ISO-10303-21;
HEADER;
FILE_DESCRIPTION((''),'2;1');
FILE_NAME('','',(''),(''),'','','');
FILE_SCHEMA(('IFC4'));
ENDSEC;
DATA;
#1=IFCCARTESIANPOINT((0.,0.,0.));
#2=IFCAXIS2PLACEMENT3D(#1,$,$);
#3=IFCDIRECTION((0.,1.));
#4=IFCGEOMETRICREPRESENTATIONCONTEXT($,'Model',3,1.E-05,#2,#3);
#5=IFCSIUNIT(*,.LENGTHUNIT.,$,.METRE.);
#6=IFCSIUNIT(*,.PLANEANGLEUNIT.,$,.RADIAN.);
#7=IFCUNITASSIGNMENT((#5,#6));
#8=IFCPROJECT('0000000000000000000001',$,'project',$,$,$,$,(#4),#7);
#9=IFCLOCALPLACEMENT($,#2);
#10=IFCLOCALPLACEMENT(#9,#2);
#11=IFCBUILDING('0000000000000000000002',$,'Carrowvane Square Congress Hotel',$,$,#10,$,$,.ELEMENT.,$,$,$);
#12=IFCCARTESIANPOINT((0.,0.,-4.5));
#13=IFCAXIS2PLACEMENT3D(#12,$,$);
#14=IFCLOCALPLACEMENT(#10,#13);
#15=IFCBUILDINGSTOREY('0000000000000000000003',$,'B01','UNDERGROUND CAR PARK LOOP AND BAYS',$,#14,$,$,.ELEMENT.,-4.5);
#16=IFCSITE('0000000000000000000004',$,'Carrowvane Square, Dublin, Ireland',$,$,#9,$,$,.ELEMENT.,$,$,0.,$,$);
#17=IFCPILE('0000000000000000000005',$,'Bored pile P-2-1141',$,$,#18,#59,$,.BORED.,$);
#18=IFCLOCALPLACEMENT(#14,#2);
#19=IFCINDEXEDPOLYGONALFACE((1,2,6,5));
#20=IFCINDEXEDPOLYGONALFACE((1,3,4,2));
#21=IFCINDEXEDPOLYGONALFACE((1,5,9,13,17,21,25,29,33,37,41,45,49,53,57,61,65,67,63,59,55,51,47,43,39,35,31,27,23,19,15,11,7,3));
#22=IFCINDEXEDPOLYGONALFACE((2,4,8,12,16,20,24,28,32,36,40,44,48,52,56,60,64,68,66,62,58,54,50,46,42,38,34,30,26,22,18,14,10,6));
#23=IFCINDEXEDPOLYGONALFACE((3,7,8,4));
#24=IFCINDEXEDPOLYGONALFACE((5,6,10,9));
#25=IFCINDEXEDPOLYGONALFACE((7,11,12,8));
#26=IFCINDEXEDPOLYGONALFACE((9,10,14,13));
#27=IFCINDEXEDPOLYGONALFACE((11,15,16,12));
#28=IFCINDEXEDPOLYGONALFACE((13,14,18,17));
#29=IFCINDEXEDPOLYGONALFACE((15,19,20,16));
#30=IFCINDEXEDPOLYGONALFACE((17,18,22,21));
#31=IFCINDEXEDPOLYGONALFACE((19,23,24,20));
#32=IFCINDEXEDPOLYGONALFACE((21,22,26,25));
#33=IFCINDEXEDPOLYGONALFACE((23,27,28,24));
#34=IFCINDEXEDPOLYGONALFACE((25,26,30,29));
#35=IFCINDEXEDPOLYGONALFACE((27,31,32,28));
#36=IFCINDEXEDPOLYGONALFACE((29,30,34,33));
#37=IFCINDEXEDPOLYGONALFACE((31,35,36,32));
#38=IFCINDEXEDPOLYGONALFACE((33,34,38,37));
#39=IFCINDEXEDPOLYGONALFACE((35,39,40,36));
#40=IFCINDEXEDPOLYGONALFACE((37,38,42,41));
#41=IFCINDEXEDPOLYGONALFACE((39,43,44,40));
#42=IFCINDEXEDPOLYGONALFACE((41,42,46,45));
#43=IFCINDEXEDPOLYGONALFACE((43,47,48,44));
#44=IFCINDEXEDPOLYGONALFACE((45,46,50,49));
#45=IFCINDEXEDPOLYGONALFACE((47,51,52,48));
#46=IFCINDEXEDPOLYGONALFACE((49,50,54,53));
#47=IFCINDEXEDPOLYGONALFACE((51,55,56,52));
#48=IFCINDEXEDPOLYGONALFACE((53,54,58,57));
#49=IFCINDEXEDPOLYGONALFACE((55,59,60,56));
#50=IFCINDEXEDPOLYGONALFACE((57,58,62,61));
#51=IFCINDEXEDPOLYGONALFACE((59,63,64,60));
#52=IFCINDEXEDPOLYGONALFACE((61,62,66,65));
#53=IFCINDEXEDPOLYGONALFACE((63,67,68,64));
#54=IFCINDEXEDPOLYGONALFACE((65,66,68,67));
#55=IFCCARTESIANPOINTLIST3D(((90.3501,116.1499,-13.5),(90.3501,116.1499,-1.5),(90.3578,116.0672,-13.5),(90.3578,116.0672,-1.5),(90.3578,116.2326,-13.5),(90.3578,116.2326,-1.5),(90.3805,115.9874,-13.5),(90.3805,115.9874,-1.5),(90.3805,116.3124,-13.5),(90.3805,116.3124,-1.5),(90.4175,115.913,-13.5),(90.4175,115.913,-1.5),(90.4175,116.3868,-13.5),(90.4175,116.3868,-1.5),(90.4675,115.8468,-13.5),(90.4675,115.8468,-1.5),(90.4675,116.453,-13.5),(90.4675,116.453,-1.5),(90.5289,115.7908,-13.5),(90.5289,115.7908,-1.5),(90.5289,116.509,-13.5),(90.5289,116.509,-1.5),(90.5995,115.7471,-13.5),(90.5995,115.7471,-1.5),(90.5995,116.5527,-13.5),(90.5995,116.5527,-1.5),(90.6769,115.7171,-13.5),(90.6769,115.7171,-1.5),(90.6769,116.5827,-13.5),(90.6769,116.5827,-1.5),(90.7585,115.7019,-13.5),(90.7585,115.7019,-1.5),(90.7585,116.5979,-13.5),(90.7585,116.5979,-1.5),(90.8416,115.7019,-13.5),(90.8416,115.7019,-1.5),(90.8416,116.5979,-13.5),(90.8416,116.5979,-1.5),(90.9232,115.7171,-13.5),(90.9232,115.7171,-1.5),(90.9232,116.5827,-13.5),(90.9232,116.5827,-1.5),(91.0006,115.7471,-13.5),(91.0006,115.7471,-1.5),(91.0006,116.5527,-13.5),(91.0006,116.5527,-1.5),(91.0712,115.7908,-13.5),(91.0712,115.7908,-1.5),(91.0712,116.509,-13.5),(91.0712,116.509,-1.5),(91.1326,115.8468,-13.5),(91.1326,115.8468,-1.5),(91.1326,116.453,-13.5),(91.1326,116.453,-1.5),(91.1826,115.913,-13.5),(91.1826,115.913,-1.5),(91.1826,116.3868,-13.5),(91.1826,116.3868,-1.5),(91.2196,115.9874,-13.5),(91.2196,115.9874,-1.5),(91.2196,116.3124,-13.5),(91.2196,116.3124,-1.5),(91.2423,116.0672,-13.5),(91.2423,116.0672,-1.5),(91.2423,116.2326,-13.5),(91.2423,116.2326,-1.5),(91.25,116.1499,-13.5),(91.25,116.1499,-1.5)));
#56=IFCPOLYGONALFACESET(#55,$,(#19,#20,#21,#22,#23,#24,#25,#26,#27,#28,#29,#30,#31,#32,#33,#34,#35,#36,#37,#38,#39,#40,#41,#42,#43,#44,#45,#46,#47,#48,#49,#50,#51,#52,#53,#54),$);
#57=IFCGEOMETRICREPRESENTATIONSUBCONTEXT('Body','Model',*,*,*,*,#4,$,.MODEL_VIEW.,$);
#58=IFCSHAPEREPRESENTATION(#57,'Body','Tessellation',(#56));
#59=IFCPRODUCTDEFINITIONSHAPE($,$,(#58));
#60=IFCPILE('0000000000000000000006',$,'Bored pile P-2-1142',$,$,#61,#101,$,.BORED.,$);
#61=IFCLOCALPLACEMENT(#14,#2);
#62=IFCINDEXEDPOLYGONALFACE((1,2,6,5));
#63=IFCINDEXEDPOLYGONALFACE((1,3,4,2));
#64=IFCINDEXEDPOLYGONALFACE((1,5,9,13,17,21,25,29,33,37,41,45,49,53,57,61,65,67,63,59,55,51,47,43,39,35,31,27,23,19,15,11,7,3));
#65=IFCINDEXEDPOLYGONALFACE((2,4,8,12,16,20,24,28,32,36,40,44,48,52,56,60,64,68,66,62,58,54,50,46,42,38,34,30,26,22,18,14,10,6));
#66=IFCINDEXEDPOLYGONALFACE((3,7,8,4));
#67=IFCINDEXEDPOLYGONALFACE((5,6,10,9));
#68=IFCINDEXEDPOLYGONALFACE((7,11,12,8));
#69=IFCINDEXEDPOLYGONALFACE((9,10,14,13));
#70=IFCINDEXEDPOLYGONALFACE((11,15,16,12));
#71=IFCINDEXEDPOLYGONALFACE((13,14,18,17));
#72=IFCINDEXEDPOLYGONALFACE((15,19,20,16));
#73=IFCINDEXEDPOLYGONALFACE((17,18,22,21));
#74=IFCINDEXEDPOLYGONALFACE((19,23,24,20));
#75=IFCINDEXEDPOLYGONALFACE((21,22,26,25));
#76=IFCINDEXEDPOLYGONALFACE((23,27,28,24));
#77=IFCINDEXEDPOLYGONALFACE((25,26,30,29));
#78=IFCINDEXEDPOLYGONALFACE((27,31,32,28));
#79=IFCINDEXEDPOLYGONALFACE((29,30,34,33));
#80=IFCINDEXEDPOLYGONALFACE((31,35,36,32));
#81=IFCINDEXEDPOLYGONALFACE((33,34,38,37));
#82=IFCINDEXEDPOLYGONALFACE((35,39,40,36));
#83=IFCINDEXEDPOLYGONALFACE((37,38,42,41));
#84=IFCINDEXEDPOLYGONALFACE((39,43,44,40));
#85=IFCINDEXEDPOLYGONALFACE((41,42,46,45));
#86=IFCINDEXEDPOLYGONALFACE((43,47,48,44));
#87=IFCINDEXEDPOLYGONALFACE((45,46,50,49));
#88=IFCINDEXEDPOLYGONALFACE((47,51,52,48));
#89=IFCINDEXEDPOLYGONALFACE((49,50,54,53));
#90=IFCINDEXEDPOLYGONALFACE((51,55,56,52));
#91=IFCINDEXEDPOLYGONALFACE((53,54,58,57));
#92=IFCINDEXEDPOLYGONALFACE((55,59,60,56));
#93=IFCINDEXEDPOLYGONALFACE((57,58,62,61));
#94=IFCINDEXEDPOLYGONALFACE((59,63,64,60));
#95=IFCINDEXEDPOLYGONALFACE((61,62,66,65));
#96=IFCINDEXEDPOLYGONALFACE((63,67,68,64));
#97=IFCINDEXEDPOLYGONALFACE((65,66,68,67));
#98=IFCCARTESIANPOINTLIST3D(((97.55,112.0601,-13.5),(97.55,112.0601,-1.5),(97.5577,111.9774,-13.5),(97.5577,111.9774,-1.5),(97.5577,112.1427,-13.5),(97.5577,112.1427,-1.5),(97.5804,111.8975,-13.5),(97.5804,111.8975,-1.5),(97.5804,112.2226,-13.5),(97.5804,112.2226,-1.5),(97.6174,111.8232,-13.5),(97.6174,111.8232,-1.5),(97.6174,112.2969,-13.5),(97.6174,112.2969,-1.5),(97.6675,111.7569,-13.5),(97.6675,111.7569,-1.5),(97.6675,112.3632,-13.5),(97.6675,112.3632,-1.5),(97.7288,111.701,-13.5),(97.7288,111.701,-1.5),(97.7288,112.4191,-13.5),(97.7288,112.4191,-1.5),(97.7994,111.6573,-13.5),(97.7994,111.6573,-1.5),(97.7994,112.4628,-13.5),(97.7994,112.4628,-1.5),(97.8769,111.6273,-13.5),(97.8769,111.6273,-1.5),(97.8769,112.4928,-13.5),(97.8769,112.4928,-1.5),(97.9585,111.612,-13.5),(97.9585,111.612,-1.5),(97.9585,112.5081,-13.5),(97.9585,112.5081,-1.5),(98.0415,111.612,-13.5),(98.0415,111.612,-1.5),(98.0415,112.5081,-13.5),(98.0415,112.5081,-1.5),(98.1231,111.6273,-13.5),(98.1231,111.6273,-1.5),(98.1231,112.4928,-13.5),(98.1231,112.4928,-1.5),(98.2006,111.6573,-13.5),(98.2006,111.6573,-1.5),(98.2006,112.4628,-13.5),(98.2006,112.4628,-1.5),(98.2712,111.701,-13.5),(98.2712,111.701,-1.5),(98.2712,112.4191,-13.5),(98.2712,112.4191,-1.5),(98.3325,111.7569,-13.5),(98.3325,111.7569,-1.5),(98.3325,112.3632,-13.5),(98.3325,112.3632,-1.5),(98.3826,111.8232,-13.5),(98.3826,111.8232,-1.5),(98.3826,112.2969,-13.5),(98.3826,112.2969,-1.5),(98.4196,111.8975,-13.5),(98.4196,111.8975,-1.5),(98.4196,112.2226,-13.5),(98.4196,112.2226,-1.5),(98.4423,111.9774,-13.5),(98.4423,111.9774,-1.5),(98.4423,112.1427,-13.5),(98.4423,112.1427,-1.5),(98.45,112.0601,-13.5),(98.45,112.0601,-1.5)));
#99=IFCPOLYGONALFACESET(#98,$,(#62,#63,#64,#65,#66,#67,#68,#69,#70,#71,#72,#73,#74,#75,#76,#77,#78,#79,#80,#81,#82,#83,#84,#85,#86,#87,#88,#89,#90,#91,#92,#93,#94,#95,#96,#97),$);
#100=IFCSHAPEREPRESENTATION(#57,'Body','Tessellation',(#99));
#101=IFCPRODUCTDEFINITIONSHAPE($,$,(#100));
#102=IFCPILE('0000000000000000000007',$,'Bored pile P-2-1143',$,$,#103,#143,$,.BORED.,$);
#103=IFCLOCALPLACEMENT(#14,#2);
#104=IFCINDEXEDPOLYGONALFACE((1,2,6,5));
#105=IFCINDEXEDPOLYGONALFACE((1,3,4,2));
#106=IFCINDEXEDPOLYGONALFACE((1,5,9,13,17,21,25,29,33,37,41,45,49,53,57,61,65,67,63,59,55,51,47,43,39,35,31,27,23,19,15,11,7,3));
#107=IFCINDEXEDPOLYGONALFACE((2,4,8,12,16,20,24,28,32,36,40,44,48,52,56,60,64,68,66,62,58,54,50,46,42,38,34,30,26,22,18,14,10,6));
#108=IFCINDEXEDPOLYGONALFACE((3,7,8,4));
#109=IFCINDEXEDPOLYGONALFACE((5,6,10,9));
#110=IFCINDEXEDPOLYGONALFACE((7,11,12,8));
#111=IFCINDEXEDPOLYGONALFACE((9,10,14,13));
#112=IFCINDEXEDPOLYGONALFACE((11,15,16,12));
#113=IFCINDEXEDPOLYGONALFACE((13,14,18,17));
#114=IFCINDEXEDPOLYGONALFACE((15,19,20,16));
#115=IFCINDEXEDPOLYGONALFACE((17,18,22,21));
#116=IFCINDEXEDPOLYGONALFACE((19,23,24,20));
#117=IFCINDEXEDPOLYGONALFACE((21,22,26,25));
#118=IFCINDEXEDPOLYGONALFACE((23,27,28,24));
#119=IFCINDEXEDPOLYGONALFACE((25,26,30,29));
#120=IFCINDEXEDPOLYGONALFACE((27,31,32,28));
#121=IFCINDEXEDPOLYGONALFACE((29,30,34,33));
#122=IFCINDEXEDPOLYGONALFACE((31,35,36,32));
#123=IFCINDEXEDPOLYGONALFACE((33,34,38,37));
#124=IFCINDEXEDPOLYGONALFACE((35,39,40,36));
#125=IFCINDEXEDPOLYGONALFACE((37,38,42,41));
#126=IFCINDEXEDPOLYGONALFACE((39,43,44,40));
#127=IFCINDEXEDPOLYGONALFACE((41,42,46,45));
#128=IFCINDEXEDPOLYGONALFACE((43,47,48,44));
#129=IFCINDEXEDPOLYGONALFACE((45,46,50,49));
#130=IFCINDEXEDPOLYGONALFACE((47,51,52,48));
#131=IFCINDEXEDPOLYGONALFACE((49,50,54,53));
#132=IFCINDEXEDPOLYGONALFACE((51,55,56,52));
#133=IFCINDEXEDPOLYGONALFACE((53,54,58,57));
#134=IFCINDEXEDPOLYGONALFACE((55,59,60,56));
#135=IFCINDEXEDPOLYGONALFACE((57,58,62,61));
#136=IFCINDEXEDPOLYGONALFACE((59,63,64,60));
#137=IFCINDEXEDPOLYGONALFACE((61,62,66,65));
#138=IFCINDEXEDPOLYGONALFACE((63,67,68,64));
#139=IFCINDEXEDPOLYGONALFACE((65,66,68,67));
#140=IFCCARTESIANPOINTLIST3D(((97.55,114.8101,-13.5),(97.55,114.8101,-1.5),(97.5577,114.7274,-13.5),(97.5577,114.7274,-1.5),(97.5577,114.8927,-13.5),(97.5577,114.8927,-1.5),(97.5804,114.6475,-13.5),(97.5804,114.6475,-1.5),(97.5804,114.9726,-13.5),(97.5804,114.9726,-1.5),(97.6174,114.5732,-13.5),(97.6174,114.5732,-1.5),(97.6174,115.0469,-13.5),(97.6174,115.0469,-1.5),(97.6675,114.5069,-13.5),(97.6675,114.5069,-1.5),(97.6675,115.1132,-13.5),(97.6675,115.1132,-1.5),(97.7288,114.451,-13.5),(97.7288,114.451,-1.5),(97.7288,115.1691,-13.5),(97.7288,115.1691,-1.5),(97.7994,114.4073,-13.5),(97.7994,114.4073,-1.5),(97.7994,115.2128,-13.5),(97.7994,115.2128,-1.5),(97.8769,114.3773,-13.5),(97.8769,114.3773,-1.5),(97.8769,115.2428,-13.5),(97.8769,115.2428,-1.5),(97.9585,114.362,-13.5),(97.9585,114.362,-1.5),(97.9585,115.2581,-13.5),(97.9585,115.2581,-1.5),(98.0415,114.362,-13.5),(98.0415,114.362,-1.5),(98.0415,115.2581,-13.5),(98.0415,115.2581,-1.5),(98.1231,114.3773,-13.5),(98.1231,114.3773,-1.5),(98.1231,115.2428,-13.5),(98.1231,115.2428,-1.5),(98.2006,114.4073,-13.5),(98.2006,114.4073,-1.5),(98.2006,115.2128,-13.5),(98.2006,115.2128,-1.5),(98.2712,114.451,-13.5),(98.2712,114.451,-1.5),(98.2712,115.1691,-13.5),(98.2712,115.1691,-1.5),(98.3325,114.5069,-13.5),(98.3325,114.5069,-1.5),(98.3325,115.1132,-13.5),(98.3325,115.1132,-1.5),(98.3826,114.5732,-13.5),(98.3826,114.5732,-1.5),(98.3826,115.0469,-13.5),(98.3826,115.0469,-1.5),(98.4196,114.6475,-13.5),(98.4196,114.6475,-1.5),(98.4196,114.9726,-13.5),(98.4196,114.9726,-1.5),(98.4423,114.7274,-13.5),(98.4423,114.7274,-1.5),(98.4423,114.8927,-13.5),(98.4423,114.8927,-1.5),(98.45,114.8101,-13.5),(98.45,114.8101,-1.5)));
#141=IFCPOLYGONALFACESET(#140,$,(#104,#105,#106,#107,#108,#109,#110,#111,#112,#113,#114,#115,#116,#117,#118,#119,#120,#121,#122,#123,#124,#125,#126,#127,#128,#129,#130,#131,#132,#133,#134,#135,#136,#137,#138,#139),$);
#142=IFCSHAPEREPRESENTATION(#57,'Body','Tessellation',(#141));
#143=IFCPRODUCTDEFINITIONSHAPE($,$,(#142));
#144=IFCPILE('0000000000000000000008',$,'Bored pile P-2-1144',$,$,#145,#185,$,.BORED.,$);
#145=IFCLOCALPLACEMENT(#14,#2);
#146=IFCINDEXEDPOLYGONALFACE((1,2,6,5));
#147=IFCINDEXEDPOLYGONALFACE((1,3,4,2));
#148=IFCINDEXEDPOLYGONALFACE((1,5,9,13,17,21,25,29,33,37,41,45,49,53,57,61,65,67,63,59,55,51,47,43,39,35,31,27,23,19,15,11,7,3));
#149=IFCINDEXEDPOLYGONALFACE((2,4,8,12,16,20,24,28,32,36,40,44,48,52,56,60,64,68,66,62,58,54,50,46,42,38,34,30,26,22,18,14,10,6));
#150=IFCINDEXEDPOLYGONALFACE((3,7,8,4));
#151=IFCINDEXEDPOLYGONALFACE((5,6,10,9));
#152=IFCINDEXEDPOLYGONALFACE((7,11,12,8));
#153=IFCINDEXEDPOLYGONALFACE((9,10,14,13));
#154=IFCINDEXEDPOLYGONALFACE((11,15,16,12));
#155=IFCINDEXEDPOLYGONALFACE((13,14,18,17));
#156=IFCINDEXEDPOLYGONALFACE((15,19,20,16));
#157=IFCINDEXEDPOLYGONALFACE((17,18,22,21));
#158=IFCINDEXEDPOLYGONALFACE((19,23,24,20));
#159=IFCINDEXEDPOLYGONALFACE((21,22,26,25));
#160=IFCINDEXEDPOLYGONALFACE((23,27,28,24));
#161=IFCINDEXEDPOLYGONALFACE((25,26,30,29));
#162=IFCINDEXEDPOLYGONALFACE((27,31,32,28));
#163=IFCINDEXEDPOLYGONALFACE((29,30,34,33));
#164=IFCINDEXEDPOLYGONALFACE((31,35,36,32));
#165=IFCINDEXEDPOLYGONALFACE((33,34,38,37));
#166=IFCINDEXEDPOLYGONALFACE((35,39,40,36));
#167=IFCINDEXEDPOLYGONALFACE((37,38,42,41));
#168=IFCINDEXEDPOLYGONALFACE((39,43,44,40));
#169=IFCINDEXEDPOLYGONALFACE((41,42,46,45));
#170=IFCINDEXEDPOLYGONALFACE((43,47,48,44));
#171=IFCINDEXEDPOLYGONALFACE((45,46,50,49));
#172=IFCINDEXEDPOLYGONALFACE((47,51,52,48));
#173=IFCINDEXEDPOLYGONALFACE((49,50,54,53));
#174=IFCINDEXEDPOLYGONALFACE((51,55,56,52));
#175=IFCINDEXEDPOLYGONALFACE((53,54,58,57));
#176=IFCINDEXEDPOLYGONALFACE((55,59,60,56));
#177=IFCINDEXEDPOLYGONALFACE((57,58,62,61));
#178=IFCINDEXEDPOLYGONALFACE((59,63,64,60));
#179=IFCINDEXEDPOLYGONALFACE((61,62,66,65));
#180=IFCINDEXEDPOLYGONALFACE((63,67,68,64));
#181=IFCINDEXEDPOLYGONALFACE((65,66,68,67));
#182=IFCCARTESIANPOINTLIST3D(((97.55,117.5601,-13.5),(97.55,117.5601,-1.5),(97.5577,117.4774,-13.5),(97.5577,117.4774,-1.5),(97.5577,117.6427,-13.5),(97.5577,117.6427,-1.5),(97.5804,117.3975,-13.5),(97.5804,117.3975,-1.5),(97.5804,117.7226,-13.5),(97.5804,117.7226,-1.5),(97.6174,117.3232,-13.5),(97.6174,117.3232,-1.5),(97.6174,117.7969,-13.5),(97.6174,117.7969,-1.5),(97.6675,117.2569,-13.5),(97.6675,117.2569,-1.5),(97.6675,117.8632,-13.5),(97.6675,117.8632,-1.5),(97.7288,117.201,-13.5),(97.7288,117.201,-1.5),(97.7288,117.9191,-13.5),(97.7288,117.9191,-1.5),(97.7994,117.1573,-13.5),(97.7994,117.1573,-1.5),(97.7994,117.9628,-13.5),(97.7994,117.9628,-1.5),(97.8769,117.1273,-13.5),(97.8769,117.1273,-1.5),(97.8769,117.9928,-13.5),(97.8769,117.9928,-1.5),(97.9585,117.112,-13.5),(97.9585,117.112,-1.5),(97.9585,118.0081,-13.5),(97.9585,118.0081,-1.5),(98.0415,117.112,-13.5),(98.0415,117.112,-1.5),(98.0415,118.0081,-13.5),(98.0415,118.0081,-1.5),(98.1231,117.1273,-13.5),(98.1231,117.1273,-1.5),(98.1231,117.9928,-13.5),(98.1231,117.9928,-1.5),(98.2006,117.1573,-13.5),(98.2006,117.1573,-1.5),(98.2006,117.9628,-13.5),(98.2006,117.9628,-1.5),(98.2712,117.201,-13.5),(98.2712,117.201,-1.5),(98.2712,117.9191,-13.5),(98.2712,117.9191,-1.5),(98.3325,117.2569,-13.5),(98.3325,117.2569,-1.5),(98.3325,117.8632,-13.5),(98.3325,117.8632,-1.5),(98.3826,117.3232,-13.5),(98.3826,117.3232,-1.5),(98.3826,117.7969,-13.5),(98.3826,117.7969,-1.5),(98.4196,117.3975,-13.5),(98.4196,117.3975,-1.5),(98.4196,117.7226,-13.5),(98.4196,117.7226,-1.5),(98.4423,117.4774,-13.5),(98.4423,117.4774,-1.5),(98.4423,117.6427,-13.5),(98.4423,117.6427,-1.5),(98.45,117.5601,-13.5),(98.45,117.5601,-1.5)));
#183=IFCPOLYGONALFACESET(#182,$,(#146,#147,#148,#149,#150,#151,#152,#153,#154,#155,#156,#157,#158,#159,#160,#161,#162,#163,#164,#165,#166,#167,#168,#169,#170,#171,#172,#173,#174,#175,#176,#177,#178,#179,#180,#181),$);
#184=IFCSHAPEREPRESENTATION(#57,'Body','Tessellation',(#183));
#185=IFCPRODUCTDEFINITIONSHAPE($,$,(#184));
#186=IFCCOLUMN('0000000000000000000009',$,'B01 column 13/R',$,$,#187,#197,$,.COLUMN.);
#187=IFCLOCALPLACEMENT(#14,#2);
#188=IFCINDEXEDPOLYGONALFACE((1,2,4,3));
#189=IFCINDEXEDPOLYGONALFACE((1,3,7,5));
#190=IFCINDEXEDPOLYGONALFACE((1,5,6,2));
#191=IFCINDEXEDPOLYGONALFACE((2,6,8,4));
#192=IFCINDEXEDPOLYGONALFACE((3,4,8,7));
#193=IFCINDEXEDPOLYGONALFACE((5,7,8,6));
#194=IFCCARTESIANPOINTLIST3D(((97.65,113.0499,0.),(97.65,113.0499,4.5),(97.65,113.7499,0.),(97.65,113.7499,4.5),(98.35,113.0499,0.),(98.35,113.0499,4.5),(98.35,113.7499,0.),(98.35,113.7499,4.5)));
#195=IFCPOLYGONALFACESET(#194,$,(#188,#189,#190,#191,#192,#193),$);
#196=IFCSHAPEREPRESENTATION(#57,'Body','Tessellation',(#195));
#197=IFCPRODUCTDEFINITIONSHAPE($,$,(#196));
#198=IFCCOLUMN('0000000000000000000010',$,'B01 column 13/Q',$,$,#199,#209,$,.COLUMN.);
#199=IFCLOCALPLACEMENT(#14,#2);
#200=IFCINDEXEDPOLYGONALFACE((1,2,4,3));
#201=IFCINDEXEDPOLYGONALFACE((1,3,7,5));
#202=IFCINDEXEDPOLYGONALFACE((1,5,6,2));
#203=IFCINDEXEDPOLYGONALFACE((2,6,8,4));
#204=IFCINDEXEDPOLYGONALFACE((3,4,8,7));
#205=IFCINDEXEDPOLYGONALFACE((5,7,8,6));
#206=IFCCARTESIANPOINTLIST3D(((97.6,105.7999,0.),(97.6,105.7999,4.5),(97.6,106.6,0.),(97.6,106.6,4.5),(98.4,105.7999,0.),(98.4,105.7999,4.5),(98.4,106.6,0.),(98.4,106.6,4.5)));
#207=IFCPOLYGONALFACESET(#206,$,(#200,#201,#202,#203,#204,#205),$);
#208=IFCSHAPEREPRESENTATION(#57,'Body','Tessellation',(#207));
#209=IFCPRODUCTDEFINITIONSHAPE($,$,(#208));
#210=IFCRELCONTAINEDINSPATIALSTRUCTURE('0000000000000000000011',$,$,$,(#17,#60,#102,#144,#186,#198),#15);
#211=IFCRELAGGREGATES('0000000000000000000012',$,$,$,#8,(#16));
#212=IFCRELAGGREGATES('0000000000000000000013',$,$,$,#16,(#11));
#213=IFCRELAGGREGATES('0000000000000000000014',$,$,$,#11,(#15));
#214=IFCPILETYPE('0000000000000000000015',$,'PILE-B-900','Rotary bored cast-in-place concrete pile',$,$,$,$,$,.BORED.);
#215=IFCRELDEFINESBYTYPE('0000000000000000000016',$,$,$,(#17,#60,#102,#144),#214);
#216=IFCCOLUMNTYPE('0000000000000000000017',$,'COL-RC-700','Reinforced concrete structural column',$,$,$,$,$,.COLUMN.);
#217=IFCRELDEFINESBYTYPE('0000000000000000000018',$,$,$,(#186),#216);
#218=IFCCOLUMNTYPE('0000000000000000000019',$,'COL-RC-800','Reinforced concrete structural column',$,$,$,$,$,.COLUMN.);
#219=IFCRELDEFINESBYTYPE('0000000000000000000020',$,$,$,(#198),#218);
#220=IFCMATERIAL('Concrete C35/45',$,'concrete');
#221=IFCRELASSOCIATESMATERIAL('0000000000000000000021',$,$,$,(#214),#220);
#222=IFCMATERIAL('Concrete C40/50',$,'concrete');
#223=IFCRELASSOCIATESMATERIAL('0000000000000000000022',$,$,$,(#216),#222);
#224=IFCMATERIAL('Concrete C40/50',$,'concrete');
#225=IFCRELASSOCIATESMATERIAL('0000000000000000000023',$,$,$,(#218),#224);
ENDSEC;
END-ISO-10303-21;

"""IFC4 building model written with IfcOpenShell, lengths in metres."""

from ifc_helpers import new_model, si_unit, direction, frame, origin, origin_2d, place, context, subcontext, project, spatial, rectangle, circle, extrude, material, material_profile, profile_set, type_object, element, save


model = new_model("IFC4")

# Units and contexts
model_context = context("Model", 3, precision=1e-05, world=origin(), true_north=direction((0.0, 1.0)))
body_context = subcontext(model_context, "Body", "Model", "MODEL_VIEW")
ifc_project = project(units=[si_unit("LENGTHUNIT", "METRE"), si_unit("PLANEANGLEUNIT", "RADIAN")], contexts=[model_context])

# Site, building, storey
site_placement = place(None, origin())
site = spatial("IfcSite", under=ifc_project, at=site_placement, Name="Carrowvane Square, Dublin, Ireland", CompositionType="ELEMENT", RefElevation=0.0)
building_placement = place(site_placement, origin())
building = spatial("IfcBuilding", under=site, at=building_placement, Name="Carrowvane Square Congress Hotel", CompositionType="ELEMENT")
storey_placement = place(building_placement, frame((0.0, 0.0, -4.5)))
storey = spatial("IfcBuildingStorey", under=building, at=storey_placement, Name="B01", Description="UNDERGROUND CAR PARK LOOP AND BAYS", CompositionType="ELEMENT", Elevation=-4.5)

# Piles
ifc_material_1 = material(Name="Concrete C35/45", Category="concrete")
ifc_material_profile_1 = material_profile(ifc_material_1, circle(Radius=0.45, at=origin_2d()), Name="PILE D900")
ifc_profile_set_1 = profile_set([ifc_material_profile_1], Name="Concrete C35/45")
pile_type_1 = type_object("IfcPileType", Name="PILE-B-900", Description="Rotary bored cast-in-place concrete pile", PredefinedType="BORED", material=ifc_profile_set_1)
for number, where, z_axis, x_axis, name in (
    (1, (90.8, 116.1499, -1.5), (0.0, 0.0, -1.0), (1.0, 0.0, 0.0), "Bored pile P-2-1141"),
    (2, (98.0, 112.0601, -1.5), (0.0, 0.0, -1.0), (1.0, 0.0, 0.0), "Bored pile P-2-1142"),
    (3, (98.0, 114.8101, -1.5), (0.0, 0.0, -1.0), (1.0, 0.0, 0.0), "Bored pile P-2-1143"),
    (4, (98.0, 117.5601, -1.5), (0.0, 0.0, -1.0), (1.0, 0.0, 0.0), "Bored pile P-2-1144"),
):
    element("IfcPile", number, at=place(storey_placement, frame(where, z_axis=z_axis, x_axis=x_axis)), inside=storey, type_object=pile_type_1, Name=name, PredefinedType="BORED", context=body_context, shape_type="SweptSolid", body=[
        extrude(circle(Radius=0.45, at=origin_2d()), origin(), (0.0, 0.0, 1.0), 12.0),
    ])

# Columns
ifc_material_2 = material(Name="Concrete C40/50", Category="concrete")
ifc_material_profile_2 = material_profile(ifc_material_2, rectangle(XDim=0.7, YDim=0.7, at=origin_2d()), Name="RC 700x700")
ifc_profile_set_2 = profile_set([ifc_material_profile_2], Name="Concrete C40/50")
column_type_1 = type_object("IfcColumnType", Name="COL-RC-700", Description="Reinforced concrete structural column", PredefinedType="COLUMN", material=ifc_profile_set_2)
column_1_placement = place(storey_placement, frame((98.0, 113.3999, 0.0), z_axis=(0.0, 0.0, 1.0), x_axis=(1.0, 0.0, 0.0)))
element("IfcColumn", 5, at=column_1_placement, inside=storey, type_object=column_type_1, Name="B01 column 13/R", PredefinedType="COLUMN", context=body_context, shape_type="SweptSolid", body=[
    extrude(rectangle(XDim=0.7, YDim=0.7, at=origin_2d()), origin(), (0.0, 0.0, 1.0), 4.5),
])
ifc_material_3 = material(Name="Concrete C40/50", Category="concrete")
ifc_material_profile_3 = material_profile(ifc_material_3, rectangle(XDim=0.8, YDim=0.8, at=origin_2d()), Name="RC 800x800")
ifc_profile_set_3 = profile_set([ifc_material_profile_3], Name="Concrete C40/50")
column_type_2 = type_object("IfcColumnType", Name="COL-RC-800", Description="Reinforced concrete structural column", PredefinedType="COLUMN", material=ifc_profile_set_3)
column_2_placement = place(storey_placement, frame((98.0, 106.2, 0.0), z_axis=(0.0, 0.0, 1.0), x_axis=(1.0, 0.0, 0.0)))
element("IfcColumn", 6, at=column_2_placement, inside=storey, type_object=column_type_2, Name="B01 column 13/Q", PredefinedType="COLUMN", context=body_context, shape_type="SweptSolid", body=[
    extrude(rectangle(XDim=0.8, YDim=0.8, at=origin_2d()), origin(), (0.0, 0.0, 1.0), 4.5),
])

save(model, "model.ifc")
